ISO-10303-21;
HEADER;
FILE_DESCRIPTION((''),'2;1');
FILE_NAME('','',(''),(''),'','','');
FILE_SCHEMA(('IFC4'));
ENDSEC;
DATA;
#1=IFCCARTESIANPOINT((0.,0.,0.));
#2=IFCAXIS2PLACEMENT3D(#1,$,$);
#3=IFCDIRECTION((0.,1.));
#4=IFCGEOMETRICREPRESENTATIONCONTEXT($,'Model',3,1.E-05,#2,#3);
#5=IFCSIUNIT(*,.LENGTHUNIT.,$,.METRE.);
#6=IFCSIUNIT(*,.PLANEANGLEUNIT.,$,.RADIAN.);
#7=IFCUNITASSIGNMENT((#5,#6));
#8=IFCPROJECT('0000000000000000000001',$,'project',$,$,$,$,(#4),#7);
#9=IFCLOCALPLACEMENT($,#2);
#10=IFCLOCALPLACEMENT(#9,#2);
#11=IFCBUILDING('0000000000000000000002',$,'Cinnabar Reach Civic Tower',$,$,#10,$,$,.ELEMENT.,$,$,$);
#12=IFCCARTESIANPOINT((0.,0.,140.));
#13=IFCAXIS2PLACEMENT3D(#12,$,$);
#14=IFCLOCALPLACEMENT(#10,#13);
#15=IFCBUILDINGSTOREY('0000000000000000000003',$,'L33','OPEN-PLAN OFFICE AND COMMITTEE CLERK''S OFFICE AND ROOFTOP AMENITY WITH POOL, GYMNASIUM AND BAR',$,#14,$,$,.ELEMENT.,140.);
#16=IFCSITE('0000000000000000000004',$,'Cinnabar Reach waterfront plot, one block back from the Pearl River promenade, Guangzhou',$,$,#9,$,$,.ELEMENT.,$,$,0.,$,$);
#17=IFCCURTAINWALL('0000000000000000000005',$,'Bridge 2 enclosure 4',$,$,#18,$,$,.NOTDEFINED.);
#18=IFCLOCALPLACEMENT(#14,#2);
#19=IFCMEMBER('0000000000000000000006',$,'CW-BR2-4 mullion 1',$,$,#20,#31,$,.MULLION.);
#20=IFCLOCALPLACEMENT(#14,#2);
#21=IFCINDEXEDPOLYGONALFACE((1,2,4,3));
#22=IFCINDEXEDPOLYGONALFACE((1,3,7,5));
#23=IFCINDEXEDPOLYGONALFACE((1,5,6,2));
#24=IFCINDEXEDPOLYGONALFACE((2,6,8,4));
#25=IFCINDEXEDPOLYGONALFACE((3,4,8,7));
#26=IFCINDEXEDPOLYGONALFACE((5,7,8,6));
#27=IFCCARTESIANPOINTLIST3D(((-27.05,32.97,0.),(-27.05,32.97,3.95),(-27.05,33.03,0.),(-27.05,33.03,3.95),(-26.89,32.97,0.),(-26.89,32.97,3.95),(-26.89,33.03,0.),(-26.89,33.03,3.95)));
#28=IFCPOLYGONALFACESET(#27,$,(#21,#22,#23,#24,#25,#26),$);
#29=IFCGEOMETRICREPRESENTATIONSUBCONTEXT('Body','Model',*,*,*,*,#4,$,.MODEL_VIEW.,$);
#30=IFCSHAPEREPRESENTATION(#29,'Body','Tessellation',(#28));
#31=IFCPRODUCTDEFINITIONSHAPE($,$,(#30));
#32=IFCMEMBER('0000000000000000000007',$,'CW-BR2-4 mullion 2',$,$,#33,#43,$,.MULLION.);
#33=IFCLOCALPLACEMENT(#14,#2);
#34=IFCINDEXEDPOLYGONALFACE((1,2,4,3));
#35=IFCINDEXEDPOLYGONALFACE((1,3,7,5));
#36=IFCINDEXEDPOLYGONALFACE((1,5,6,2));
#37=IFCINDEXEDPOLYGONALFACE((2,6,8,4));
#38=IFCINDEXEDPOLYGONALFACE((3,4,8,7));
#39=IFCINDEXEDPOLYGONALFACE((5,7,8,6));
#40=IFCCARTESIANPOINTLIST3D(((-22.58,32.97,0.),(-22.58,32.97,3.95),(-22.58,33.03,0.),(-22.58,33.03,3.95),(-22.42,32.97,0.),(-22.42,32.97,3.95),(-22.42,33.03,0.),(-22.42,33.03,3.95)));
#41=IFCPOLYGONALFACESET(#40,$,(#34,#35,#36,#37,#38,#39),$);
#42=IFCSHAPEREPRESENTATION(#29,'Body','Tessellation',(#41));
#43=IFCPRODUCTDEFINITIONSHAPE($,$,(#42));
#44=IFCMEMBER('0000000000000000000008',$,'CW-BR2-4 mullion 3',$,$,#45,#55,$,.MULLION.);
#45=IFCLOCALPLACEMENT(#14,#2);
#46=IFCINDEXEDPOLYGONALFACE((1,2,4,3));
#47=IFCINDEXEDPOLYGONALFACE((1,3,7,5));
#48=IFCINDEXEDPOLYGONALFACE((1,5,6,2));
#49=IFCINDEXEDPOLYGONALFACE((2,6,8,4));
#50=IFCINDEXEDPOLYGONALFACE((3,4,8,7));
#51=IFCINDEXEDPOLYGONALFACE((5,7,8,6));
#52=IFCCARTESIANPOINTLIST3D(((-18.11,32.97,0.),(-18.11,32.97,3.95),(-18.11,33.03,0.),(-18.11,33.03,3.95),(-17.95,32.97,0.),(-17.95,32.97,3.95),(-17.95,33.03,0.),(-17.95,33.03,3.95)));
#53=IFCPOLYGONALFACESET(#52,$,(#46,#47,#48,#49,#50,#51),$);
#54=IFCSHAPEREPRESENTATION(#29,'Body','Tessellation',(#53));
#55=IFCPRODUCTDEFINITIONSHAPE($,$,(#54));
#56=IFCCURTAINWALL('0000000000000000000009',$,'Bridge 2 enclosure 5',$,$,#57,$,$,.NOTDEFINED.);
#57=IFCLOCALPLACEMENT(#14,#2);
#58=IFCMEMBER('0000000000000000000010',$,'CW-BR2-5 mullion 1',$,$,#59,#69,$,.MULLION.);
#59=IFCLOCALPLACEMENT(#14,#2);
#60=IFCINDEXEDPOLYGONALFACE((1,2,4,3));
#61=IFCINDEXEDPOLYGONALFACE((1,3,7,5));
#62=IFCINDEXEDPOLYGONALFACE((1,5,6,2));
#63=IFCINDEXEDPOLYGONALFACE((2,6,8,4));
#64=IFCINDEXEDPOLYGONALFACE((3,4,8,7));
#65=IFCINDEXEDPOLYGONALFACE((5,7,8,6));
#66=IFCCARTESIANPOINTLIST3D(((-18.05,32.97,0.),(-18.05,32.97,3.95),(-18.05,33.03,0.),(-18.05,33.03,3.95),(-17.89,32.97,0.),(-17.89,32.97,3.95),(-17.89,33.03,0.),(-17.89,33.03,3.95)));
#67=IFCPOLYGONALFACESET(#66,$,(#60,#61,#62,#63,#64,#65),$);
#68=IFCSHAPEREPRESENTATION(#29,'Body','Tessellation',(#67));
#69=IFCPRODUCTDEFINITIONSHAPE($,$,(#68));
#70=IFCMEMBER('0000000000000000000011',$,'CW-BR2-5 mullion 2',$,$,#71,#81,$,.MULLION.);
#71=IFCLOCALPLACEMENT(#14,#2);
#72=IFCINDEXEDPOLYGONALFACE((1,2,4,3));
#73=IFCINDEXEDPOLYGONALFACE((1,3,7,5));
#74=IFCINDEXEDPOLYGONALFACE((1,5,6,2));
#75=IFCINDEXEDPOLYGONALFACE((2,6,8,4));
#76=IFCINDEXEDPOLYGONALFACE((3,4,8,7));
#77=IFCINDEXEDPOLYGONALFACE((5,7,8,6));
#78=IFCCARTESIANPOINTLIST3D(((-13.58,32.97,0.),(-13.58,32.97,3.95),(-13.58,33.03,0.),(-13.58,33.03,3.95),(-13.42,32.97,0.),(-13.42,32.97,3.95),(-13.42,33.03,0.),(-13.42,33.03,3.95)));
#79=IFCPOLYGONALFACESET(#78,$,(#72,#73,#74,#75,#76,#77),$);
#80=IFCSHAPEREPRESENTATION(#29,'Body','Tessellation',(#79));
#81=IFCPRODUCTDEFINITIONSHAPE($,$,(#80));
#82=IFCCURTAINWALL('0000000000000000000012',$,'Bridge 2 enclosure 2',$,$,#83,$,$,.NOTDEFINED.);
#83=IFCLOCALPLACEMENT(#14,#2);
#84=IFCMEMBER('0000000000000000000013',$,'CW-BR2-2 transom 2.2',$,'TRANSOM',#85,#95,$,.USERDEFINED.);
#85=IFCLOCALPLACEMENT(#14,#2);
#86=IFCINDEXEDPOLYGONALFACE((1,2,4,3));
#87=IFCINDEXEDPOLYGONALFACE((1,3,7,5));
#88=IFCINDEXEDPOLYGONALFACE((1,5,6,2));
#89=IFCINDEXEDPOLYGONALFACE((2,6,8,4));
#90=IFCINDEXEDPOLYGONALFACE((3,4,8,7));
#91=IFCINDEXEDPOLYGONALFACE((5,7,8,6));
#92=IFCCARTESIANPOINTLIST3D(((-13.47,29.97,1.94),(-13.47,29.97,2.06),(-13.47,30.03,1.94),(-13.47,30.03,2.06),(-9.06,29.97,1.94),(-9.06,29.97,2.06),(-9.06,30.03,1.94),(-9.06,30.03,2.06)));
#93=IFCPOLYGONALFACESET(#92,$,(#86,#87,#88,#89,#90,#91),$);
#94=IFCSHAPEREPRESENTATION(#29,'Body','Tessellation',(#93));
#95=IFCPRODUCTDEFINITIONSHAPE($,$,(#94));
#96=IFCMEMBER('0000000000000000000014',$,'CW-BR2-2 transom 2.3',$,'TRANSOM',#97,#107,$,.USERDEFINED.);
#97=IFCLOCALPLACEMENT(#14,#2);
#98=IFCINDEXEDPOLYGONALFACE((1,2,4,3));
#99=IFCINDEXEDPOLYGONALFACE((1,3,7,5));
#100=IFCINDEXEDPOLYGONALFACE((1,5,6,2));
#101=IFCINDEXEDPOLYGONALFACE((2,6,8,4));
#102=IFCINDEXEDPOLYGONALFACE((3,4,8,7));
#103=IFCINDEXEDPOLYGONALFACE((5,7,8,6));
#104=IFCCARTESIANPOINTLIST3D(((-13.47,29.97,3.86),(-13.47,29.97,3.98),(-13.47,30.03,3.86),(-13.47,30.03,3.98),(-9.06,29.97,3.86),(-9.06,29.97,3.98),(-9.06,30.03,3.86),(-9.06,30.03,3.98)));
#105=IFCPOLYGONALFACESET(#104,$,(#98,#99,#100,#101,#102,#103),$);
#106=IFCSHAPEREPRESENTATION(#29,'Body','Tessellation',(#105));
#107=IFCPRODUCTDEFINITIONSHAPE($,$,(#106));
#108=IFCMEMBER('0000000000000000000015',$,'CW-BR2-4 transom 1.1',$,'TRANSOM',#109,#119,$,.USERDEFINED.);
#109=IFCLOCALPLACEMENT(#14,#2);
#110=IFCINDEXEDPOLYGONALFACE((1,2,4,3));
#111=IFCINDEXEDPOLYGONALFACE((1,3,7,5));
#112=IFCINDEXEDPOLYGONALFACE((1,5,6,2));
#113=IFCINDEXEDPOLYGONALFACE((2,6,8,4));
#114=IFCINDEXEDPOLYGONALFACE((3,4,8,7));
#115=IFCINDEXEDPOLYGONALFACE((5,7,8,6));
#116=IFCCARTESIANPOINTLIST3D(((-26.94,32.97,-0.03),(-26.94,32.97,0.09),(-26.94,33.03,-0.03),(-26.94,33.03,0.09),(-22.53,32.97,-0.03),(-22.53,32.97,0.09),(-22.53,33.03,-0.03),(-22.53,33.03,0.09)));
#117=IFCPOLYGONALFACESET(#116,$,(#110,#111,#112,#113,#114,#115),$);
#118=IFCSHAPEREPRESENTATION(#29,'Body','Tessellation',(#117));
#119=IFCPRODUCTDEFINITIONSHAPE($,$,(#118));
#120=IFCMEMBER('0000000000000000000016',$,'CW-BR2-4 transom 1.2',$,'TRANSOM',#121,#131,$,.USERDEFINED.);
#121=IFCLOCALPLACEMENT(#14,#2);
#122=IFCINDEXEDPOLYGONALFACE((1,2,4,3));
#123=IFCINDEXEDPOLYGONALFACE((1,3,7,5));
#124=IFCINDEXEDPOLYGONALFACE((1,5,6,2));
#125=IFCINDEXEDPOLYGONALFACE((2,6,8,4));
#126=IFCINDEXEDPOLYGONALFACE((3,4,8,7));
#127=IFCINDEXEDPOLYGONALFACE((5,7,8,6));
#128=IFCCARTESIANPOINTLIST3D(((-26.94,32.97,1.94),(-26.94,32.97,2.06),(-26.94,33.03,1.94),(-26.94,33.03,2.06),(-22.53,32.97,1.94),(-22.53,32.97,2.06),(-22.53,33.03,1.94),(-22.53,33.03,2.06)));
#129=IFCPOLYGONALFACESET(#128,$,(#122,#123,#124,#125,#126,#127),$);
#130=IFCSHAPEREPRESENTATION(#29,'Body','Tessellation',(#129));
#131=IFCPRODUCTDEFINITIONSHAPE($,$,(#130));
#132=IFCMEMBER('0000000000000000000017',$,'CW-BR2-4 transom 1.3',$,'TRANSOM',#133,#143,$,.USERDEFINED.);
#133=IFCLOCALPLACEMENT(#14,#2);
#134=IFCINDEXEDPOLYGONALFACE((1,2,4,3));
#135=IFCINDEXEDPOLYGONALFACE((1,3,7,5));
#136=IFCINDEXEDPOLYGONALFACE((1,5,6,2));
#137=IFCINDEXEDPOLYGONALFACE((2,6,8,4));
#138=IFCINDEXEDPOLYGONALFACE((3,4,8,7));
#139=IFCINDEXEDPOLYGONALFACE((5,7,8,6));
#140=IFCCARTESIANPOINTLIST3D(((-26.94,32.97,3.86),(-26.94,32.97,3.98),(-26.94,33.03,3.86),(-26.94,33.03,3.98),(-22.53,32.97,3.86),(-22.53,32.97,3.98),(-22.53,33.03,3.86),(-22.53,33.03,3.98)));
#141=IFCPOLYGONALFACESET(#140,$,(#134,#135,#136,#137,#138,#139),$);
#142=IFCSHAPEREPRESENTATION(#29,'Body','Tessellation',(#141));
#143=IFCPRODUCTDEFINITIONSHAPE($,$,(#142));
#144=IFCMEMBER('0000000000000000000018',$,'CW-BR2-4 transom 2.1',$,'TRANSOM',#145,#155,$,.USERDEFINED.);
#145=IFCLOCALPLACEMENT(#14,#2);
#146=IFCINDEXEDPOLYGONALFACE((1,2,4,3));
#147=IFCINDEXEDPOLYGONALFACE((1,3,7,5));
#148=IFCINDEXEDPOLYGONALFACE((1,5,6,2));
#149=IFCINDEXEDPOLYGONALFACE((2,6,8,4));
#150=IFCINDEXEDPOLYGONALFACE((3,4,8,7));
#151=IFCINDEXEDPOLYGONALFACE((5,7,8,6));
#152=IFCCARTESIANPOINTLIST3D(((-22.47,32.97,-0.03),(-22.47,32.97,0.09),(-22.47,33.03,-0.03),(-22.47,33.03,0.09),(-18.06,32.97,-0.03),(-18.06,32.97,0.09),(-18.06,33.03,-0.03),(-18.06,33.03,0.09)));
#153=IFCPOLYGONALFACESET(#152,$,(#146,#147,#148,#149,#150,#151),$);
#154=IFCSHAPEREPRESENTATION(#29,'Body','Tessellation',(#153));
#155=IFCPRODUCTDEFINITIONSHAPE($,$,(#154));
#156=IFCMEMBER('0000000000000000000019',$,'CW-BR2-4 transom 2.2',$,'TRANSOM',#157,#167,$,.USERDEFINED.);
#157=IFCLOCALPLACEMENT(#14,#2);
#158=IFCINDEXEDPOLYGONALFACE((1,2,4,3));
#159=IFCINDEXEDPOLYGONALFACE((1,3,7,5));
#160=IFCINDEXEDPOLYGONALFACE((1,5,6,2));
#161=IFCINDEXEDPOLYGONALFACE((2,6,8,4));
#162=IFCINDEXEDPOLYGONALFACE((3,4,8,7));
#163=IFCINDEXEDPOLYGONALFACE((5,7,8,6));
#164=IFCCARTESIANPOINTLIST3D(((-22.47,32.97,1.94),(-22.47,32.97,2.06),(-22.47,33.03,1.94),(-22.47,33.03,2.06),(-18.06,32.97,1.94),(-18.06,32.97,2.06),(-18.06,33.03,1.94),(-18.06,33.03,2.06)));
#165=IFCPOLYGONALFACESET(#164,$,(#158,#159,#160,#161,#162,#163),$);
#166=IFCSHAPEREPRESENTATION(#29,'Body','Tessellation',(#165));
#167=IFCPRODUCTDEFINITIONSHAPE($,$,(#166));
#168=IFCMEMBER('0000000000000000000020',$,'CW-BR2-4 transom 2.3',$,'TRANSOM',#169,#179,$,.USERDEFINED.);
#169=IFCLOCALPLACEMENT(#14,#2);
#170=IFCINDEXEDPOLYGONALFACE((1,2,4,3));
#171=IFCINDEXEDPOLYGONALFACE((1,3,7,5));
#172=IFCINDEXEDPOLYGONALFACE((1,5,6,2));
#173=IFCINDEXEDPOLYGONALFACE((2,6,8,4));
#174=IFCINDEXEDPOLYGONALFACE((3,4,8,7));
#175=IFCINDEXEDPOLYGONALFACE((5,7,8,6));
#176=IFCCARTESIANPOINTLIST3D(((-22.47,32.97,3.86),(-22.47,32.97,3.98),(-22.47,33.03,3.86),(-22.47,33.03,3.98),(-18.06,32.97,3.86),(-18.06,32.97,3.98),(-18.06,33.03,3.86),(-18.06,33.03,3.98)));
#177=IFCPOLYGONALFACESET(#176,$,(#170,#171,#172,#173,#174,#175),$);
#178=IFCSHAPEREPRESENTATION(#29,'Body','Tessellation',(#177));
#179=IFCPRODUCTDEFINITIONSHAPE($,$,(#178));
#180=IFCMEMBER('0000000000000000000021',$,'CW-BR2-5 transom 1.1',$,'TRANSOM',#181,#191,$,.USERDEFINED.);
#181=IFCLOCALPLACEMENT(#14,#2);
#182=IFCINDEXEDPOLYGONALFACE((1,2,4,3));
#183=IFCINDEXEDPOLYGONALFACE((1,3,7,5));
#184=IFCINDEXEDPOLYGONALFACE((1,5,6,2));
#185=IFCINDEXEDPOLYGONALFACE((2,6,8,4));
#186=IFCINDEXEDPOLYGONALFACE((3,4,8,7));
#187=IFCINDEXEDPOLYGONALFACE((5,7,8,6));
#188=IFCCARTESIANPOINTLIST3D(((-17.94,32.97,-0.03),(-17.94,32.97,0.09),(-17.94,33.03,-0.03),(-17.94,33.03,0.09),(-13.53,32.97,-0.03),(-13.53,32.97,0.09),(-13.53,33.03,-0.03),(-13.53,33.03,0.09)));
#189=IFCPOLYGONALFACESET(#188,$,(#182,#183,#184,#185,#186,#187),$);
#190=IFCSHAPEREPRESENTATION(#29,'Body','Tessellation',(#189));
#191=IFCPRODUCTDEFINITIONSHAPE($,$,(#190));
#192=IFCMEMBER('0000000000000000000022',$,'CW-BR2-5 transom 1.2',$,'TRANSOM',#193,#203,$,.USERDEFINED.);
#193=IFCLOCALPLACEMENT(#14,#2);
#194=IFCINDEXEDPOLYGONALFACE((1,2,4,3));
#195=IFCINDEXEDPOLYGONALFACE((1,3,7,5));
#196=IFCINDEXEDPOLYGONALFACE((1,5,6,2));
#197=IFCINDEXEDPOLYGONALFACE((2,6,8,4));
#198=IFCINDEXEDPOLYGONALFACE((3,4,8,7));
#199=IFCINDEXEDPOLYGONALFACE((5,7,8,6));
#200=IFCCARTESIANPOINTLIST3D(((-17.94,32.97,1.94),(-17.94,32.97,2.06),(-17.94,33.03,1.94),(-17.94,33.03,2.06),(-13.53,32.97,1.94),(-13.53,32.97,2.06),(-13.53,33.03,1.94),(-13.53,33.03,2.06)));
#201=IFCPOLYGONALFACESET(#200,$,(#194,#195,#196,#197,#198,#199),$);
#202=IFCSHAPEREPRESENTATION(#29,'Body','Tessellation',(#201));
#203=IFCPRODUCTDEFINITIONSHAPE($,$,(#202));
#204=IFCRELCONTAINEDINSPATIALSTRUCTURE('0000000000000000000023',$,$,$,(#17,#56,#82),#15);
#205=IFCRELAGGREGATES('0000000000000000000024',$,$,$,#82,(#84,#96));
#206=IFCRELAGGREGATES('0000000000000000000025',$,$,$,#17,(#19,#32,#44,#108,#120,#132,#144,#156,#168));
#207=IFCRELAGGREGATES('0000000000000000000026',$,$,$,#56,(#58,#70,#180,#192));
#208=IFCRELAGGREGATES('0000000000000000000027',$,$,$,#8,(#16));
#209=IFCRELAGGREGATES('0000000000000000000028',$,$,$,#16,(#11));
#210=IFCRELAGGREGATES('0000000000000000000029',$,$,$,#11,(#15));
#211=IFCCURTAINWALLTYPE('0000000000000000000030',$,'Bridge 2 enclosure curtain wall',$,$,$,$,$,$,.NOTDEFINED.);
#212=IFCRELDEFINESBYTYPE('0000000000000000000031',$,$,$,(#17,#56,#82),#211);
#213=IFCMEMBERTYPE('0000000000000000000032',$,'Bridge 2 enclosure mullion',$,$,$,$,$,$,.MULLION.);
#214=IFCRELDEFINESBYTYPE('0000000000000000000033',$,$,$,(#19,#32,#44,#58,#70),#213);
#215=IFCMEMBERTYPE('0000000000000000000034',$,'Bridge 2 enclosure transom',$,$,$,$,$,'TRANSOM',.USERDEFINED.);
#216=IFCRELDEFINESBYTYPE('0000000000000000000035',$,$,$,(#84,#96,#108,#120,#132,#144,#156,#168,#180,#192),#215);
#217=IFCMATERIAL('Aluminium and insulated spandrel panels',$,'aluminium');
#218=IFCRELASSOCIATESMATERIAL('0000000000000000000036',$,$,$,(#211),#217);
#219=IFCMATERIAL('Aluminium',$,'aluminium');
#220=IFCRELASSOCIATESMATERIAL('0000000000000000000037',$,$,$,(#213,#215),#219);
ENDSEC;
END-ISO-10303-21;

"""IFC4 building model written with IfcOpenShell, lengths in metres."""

from ifc_helpers import new_model, si_unit, direction, frame, origin, origin_2d, place, context, subcontext, project, spatial, rectangle, extrude, material, material_profile, profile_set, type_object, element, aggregate, save


model = new_model("IFC4")

# Units and contexts
model_context = context("Model", 3, precision=1e-05, world=origin(), true_north=direction((0.0, 1.0)))
body_context = subcontext(model_context, "Body", "Model", "MODEL_VIEW")
ifc_project = project(units=[si_unit("LENGTHUNIT", "METRE"), si_unit("PLANEANGLEUNIT", "RADIAN")], contexts=[model_context])

# Site, building, storey
site_placement = place(None, origin())
site = spatial("IfcSite", under=ifc_project, at=site_placement, Name="Cinnabar Reach waterfront plot, one block back from the Pearl River promenade, Guangzhou", CompositionType="ELEMENT", RefElevation=0.0)
building_placement = place(site_placement, origin())
building = spatial("IfcBuilding", under=site, at=building_placement, Name="Cinnabar Reach Civic Tower", CompositionType="ELEMENT")
storey_placement = place(building_placement, frame((0.0, 0.0, 140.0)))
storey = spatial("IfcBuildingStorey", under=building, at=storey_placement, Name="L33", Description="OPEN-PLAN OFFICE AND COMMITTEE CLERK'S OFFICE AND ROOFTOP AMENITY WITH POOL, GYMNASIUM AND BAR", CompositionType="ELEMENT", Elevation=140.0)

# Curtain walls, members
ifc_material_1 = material(Name="Aluminium and insulated spandrel panels", Category="aluminium")
curtain_wall_type = type_object("IfcCurtainWallType", Name="Bridge 2 enclosure curtain wall", PredefinedType="NOTDEFINED", material=ifc_material_1)
curtain_wall_1_placement = place(storey_placement, origin())
curtain_wall_1 = element("IfcCurtainWall", 1, at=curtain_wall_1_placement, inside=storey, type_object=curtain_wall_type, Name="Bridge 2 enclosure 4", PredefinedType="NOTDEFINED")
ifc_material_2 = material(Name="Aluminium", Category="aluminium")
ifc_material_profile_1 = material_profile(ifc_material_2, rectangle(XDim=0.06, YDim=0.16, at=origin_2d()), Name="Bridge 2 enclosure mullion")
ifc_profile_set_1 = profile_set([ifc_material_profile_1], Name="Aluminium")
member_type_1 = type_object("IfcMemberType", Name="Bridge 2 enclosure mullion", PredefinedType="MULLION", material=ifc_profile_set_1)
member_1_placement = place(storey_placement, frame((-26.97, 33.0, 0.0), z_axis=(0.0, 0.0, 1.0), x_axis=(0.0, 1.0, 0.0)))
member_1 = element("IfcMember", 2, at=member_1_placement, type_object=member_type_1, Name="CW-BR2-4 mullion 1", PredefinedType="MULLION", context=body_context, shape_type="SweptSolid", body=[
    extrude(rectangle(XDim=0.06, YDim=0.16, at=origin_2d()), origin(), (0.0, 0.0, 1.0), 3.95),
])
member_2_placement = place(storey_placement, frame((-22.5, 33.0, 0.0), z_axis=(0.0, 0.0, 1.0), x_axis=(0.0, 1.0, 0.0)))
member_2 = element("IfcMember", 3, at=member_2_placement, type_object=member_type_1, Name="CW-BR2-4 mullion 2", PredefinedType="MULLION", context=body_context, shape_type="SweptSolid", body=[
    extrude(rectangle(XDim=0.06, YDim=0.16, at=origin_2d()), origin(), (0.0, 0.0, 1.0), 3.95),
])
member_3_placement = place(storey_placement, frame((-18.03, 33.0, 0.0), z_axis=(0.0, 0.0, 1.0), x_axis=(0.0, 1.0, 0.0)))
member_3 = element("IfcMember", 4, at=member_3_placement, type_object=member_type_1, Name="CW-BR2-4 mullion 3", PredefinedType="MULLION", context=body_context, shape_type="SweptSolid", body=[
    extrude(rectangle(XDim=0.06, YDim=0.16, at=origin_2d()), origin(), (0.0, 0.0, 1.0), 3.95),
])
curtain_wall_2_placement = place(storey_placement, origin())
curtain_wall_2 = element("IfcCurtainWall", 5, at=curtain_wall_2_placement, inside=storey, type_object=curtain_wall_type, Name="Bridge 2 enclosure 5", PredefinedType="NOTDEFINED")
member_4_placement = place(storey_placement, frame((-17.97, 33.0, 0.0), z_axis=(0.0, 0.0, 1.0), x_axis=(0.0, 1.0, 0.0)))
member_4 = element("IfcMember", 6, at=member_4_placement, type_object=member_type_1, Name="CW-BR2-5 mullion 1", PredefinedType="MULLION", context=body_context, shape_type="SweptSolid", body=[
    extrude(rectangle(XDim=0.06, YDim=0.16, at=origin_2d()), origin(), (0.0, 0.0, 1.0), 3.95),
])
member_5_placement = place(storey_placement, frame((-13.5, 33.0, 0.0), z_axis=(0.0, 0.0, 1.0), x_axis=(0.0, 1.0, 0.0)))
member_5 = element("IfcMember", 7, at=member_5_placement, type_object=member_type_1, Name="CW-BR2-5 mullion 2", PredefinedType="MULLION", context=body_context, shape_type="SweptSolid", body=[
    extrude(rectangle(XDim=0.06, YDim=0.16, at=origin_2d()), origin(), (0.0, 0.0, 1.0), 3.95),
])
curtain_wall_3_placement = place(storey_placement, origin())
curtain_wall_3 = element("IfcCurtainWall", 8, at=curtain_wall_3_placement, inside=storey, type_object=curtain_wall_type, Name="Bridge 2 enclosure 2", PredefinedType="NOTDEFINED")
ifc_material_profile_2 = material_profile(ifc_material_2, rectangle(XDim=0.06, YDim=0.12, at=origin_2d()), Name="Bridge 2 enclosure transom")
ifc_profile_set_2 = profile_set([ifc_material_profile_2], Name="Aluminium")
member_type_2 = type_object("IfcMemberType", Name="Bridge 2 enclosure transom", ElementType="TRANSOM", PredefinedType="USERDEFINED", material=ifc_profile_set_2)
member_6_placement = place(storey_placement, frame((-13.47, 30.0, 2.0), z_axis=(1.0, 0.0, 0.0), x_axis=(0.0, 1.0, 0.0)))
member_6 = element("IfcMember", 9, at=member_6_placement, type_object=member_type_2, Name="CW-BR2-2 transom 2.2", ObjectType="TRANSOM", PredefinedType="USERDEFINED", context=body_context, shape_type="SweptSolid", body=[
    extrude(rectangle(XDim=0.06, YDim=0.12, at=origin_2d()), origin(), (0.0, 0.0, 1.0), 4.41),
])
member_7_placement = place(storey_placement, frame((-13.47, 30.0, 3.92), z_axis=(1.0, 0.0, 0.0), x_axis=(0.0, 1.0, 0.0)))
member_7 = element("IfcMember", 10, at=member_7_placement, type_object=member_type_2, Name="CW-BR2-2 transom 2.3", ObjectType="TRANSOM", PredefinedType="USERDEFINED", context=body_context, shape_type="SweptSolid", body=[
    extrude(rectangle(XDim=0.06, YDim=0.12, at=origin_2d()), origin(), (0.0, 0.0, 1.0), 4.41),
])
aggregate(curtain_wall_3, [member_6, member_7])

# Members
member_8_placement = place(storey_placement, frame((-26.94, 33.0, 0.03), z_axis=(1.0, 0.0, 0.0), x_axis=(0.0, 1.0, 0.0)))
member_8 = element("IfcMember", 11, at=member_8_placement, type_object=member_type_2, Name="CW-BR2-4 transom 1.1", ObjectType="TRANSOM", PredefinedType="USERDEFINED", context=body_context, shape_type="SweptSolid", body=[
    extrude(rectangle(XDim=0.06, YDim=0.12, at=origin_2d()), origin(), (0.0, 0.0, 1.0), 4.41),
])
member_9_placement = place(storey_placement, frame((-26.94, 33.0, 2.0), z_axis=(1.0, 0.0, 0.0), x_axis=(0.0, 1.0, 0.0)))
member_9 = element("IfcMember", 12, at=member_9_placement, type_object=member_type_2, Name="CW-BR2-4 transom 1.2", ObjectType="TRANSOM", PredefinedType="USERDEFINED", context=body_context, shape_type="SweptSolid", body=[
    extrude(rectangle(XDim=0.06, YDim=0.12, at=origin_2d()), origin(), (0.0, 0.0, 1.0), 4.41),
])
member_10_placement = place(storey_placement, frame((-26.94, 33.0, 3.92), z_axis=(1.0, 0.0, 0.0), x_axis=(0.0, 1.0, 0.0)))
member_10 = element("IfcMember", 13, at=member_10_placement, type_object=member_type_2, Name="CW-BR2-4 transom 1.3", ObjectType="TRANSOM", PredefinedType="USERDEFINED", context=body_context, shape_type="SweptSolid", body=[
    extrude(rectangle(XDim=0.06, YDim=0.12, at=origin_2d()), origin(), (0.0, 0.0, 1.0), 4.41),
])
member_11_placement = place(storey_placement, frame((-22.47, 33.0, 0.03), z_axis=(1.0, 0.0, 0.0), x_axis=(0.0, 1.0, 0.0)))
member_11 = element("IfcMember", 14, at=member_11_placement, type_object=member_type_2, Name="CW-BR2-4 transom 2.1", ObjectType="TRANSOM", PredefinedType="USERDEFINED", context=body_context, shape_type="SweptSolid", body=[
    extrude(rectangle(XDim=0.06, YDim=0.12, at=origin_2d()), origin(), (0.0, 0.0, 1.0), 4.41),
])
member_12_placement = place(storey_placement, frame((-22.47, 33.0, 2.0), z_axis=(1.0, 0.0, 0.0), x_axis=(0.0, 1.0, 0.0)))
member_12 = element("IfcMember", 15, at=member_12_placement, type_object=member_type_2, Name="CW-BR2-4 transom 2.2", ObjectType="TRANSOM", PredefinedType="USERDEFINED", context=body_context, shape_type="SweptSolid", body=[
    extrude(rectangle(XDim=0.06, YDim=0.12, at=origin_2d()), origin(), (0.0, 0.0, 1.0), 4.41),
])
member_13_placement = place(storey_placement, frame((-22.47, 33.0, 3.92), z_axis=(1.0, 0.0, 0.0), x_axis=(0.0, 1.0, 0.0)))
member_13 = element("IfcMember", 16, at=member_13_placement, type_object=member_type_2, Name="CW-BR2-4 transom 2.3", ObjectType="TRANSOM", PredefinedType="USERDEFINED", context=body_context, shape_type="SweptSolid", body=[
    extrude(rectangle(XDim=0.06, YDim=0.12, at=origin_2d()), origin(), (0.0, 0.0, 1.0), 4.41),
])
member_14_placement = place(storey_placement, frame((-17.94, 33.0, 0.03), z_axis=(1.0, 0.0, 0.0), x_axis=(0.0, 1.0, 0.0)))
member_14 = element("IfcMember", 17, at=member_14_placement, type_object=member_type_2, Name="CW-BR2-5 transom 1.1", ObjectType="TRANSOM", PredefinedType="USERDEFINED", context=body_context, shape_type="SweptSolid", body=[
    extrude(rectangle(XDim=0.06, YDim=0.12, at=origin_2d()), origin(), (0.0, 0.0, 1.0), 4.41),
])
member_15_placement = place(storey_placement, frame((-17.94, 33.0, 2.0), z_axis=(1.0, 0.0, 0.0), x_axis=(0.0, 1.0, 0.0)))
member_15 = element("IfcMember", 18, at=member_15_placement, type_object=member_type_2, Name="CW-BR2-5 transom 1.2", ObjectType="TRANSOM", PredefinedType="USERDEFINED", context=body_context, shape_type="SweptSolid", body=[
    extrude(rectangle(XDim=0.06, YDim=0.12, at=origin_2d()), origin(), (0.0, 0.0, 1.0), 4.41),
])

aggregate(curtain_wall_1, [member_1, member_2, member_3, member_8, member_9, member_10, member_11, member_12, member_13])
aggregate(curtain_wall_2, [member_4, member_5, member_14, member_15])

save(model, "model.ifc")
